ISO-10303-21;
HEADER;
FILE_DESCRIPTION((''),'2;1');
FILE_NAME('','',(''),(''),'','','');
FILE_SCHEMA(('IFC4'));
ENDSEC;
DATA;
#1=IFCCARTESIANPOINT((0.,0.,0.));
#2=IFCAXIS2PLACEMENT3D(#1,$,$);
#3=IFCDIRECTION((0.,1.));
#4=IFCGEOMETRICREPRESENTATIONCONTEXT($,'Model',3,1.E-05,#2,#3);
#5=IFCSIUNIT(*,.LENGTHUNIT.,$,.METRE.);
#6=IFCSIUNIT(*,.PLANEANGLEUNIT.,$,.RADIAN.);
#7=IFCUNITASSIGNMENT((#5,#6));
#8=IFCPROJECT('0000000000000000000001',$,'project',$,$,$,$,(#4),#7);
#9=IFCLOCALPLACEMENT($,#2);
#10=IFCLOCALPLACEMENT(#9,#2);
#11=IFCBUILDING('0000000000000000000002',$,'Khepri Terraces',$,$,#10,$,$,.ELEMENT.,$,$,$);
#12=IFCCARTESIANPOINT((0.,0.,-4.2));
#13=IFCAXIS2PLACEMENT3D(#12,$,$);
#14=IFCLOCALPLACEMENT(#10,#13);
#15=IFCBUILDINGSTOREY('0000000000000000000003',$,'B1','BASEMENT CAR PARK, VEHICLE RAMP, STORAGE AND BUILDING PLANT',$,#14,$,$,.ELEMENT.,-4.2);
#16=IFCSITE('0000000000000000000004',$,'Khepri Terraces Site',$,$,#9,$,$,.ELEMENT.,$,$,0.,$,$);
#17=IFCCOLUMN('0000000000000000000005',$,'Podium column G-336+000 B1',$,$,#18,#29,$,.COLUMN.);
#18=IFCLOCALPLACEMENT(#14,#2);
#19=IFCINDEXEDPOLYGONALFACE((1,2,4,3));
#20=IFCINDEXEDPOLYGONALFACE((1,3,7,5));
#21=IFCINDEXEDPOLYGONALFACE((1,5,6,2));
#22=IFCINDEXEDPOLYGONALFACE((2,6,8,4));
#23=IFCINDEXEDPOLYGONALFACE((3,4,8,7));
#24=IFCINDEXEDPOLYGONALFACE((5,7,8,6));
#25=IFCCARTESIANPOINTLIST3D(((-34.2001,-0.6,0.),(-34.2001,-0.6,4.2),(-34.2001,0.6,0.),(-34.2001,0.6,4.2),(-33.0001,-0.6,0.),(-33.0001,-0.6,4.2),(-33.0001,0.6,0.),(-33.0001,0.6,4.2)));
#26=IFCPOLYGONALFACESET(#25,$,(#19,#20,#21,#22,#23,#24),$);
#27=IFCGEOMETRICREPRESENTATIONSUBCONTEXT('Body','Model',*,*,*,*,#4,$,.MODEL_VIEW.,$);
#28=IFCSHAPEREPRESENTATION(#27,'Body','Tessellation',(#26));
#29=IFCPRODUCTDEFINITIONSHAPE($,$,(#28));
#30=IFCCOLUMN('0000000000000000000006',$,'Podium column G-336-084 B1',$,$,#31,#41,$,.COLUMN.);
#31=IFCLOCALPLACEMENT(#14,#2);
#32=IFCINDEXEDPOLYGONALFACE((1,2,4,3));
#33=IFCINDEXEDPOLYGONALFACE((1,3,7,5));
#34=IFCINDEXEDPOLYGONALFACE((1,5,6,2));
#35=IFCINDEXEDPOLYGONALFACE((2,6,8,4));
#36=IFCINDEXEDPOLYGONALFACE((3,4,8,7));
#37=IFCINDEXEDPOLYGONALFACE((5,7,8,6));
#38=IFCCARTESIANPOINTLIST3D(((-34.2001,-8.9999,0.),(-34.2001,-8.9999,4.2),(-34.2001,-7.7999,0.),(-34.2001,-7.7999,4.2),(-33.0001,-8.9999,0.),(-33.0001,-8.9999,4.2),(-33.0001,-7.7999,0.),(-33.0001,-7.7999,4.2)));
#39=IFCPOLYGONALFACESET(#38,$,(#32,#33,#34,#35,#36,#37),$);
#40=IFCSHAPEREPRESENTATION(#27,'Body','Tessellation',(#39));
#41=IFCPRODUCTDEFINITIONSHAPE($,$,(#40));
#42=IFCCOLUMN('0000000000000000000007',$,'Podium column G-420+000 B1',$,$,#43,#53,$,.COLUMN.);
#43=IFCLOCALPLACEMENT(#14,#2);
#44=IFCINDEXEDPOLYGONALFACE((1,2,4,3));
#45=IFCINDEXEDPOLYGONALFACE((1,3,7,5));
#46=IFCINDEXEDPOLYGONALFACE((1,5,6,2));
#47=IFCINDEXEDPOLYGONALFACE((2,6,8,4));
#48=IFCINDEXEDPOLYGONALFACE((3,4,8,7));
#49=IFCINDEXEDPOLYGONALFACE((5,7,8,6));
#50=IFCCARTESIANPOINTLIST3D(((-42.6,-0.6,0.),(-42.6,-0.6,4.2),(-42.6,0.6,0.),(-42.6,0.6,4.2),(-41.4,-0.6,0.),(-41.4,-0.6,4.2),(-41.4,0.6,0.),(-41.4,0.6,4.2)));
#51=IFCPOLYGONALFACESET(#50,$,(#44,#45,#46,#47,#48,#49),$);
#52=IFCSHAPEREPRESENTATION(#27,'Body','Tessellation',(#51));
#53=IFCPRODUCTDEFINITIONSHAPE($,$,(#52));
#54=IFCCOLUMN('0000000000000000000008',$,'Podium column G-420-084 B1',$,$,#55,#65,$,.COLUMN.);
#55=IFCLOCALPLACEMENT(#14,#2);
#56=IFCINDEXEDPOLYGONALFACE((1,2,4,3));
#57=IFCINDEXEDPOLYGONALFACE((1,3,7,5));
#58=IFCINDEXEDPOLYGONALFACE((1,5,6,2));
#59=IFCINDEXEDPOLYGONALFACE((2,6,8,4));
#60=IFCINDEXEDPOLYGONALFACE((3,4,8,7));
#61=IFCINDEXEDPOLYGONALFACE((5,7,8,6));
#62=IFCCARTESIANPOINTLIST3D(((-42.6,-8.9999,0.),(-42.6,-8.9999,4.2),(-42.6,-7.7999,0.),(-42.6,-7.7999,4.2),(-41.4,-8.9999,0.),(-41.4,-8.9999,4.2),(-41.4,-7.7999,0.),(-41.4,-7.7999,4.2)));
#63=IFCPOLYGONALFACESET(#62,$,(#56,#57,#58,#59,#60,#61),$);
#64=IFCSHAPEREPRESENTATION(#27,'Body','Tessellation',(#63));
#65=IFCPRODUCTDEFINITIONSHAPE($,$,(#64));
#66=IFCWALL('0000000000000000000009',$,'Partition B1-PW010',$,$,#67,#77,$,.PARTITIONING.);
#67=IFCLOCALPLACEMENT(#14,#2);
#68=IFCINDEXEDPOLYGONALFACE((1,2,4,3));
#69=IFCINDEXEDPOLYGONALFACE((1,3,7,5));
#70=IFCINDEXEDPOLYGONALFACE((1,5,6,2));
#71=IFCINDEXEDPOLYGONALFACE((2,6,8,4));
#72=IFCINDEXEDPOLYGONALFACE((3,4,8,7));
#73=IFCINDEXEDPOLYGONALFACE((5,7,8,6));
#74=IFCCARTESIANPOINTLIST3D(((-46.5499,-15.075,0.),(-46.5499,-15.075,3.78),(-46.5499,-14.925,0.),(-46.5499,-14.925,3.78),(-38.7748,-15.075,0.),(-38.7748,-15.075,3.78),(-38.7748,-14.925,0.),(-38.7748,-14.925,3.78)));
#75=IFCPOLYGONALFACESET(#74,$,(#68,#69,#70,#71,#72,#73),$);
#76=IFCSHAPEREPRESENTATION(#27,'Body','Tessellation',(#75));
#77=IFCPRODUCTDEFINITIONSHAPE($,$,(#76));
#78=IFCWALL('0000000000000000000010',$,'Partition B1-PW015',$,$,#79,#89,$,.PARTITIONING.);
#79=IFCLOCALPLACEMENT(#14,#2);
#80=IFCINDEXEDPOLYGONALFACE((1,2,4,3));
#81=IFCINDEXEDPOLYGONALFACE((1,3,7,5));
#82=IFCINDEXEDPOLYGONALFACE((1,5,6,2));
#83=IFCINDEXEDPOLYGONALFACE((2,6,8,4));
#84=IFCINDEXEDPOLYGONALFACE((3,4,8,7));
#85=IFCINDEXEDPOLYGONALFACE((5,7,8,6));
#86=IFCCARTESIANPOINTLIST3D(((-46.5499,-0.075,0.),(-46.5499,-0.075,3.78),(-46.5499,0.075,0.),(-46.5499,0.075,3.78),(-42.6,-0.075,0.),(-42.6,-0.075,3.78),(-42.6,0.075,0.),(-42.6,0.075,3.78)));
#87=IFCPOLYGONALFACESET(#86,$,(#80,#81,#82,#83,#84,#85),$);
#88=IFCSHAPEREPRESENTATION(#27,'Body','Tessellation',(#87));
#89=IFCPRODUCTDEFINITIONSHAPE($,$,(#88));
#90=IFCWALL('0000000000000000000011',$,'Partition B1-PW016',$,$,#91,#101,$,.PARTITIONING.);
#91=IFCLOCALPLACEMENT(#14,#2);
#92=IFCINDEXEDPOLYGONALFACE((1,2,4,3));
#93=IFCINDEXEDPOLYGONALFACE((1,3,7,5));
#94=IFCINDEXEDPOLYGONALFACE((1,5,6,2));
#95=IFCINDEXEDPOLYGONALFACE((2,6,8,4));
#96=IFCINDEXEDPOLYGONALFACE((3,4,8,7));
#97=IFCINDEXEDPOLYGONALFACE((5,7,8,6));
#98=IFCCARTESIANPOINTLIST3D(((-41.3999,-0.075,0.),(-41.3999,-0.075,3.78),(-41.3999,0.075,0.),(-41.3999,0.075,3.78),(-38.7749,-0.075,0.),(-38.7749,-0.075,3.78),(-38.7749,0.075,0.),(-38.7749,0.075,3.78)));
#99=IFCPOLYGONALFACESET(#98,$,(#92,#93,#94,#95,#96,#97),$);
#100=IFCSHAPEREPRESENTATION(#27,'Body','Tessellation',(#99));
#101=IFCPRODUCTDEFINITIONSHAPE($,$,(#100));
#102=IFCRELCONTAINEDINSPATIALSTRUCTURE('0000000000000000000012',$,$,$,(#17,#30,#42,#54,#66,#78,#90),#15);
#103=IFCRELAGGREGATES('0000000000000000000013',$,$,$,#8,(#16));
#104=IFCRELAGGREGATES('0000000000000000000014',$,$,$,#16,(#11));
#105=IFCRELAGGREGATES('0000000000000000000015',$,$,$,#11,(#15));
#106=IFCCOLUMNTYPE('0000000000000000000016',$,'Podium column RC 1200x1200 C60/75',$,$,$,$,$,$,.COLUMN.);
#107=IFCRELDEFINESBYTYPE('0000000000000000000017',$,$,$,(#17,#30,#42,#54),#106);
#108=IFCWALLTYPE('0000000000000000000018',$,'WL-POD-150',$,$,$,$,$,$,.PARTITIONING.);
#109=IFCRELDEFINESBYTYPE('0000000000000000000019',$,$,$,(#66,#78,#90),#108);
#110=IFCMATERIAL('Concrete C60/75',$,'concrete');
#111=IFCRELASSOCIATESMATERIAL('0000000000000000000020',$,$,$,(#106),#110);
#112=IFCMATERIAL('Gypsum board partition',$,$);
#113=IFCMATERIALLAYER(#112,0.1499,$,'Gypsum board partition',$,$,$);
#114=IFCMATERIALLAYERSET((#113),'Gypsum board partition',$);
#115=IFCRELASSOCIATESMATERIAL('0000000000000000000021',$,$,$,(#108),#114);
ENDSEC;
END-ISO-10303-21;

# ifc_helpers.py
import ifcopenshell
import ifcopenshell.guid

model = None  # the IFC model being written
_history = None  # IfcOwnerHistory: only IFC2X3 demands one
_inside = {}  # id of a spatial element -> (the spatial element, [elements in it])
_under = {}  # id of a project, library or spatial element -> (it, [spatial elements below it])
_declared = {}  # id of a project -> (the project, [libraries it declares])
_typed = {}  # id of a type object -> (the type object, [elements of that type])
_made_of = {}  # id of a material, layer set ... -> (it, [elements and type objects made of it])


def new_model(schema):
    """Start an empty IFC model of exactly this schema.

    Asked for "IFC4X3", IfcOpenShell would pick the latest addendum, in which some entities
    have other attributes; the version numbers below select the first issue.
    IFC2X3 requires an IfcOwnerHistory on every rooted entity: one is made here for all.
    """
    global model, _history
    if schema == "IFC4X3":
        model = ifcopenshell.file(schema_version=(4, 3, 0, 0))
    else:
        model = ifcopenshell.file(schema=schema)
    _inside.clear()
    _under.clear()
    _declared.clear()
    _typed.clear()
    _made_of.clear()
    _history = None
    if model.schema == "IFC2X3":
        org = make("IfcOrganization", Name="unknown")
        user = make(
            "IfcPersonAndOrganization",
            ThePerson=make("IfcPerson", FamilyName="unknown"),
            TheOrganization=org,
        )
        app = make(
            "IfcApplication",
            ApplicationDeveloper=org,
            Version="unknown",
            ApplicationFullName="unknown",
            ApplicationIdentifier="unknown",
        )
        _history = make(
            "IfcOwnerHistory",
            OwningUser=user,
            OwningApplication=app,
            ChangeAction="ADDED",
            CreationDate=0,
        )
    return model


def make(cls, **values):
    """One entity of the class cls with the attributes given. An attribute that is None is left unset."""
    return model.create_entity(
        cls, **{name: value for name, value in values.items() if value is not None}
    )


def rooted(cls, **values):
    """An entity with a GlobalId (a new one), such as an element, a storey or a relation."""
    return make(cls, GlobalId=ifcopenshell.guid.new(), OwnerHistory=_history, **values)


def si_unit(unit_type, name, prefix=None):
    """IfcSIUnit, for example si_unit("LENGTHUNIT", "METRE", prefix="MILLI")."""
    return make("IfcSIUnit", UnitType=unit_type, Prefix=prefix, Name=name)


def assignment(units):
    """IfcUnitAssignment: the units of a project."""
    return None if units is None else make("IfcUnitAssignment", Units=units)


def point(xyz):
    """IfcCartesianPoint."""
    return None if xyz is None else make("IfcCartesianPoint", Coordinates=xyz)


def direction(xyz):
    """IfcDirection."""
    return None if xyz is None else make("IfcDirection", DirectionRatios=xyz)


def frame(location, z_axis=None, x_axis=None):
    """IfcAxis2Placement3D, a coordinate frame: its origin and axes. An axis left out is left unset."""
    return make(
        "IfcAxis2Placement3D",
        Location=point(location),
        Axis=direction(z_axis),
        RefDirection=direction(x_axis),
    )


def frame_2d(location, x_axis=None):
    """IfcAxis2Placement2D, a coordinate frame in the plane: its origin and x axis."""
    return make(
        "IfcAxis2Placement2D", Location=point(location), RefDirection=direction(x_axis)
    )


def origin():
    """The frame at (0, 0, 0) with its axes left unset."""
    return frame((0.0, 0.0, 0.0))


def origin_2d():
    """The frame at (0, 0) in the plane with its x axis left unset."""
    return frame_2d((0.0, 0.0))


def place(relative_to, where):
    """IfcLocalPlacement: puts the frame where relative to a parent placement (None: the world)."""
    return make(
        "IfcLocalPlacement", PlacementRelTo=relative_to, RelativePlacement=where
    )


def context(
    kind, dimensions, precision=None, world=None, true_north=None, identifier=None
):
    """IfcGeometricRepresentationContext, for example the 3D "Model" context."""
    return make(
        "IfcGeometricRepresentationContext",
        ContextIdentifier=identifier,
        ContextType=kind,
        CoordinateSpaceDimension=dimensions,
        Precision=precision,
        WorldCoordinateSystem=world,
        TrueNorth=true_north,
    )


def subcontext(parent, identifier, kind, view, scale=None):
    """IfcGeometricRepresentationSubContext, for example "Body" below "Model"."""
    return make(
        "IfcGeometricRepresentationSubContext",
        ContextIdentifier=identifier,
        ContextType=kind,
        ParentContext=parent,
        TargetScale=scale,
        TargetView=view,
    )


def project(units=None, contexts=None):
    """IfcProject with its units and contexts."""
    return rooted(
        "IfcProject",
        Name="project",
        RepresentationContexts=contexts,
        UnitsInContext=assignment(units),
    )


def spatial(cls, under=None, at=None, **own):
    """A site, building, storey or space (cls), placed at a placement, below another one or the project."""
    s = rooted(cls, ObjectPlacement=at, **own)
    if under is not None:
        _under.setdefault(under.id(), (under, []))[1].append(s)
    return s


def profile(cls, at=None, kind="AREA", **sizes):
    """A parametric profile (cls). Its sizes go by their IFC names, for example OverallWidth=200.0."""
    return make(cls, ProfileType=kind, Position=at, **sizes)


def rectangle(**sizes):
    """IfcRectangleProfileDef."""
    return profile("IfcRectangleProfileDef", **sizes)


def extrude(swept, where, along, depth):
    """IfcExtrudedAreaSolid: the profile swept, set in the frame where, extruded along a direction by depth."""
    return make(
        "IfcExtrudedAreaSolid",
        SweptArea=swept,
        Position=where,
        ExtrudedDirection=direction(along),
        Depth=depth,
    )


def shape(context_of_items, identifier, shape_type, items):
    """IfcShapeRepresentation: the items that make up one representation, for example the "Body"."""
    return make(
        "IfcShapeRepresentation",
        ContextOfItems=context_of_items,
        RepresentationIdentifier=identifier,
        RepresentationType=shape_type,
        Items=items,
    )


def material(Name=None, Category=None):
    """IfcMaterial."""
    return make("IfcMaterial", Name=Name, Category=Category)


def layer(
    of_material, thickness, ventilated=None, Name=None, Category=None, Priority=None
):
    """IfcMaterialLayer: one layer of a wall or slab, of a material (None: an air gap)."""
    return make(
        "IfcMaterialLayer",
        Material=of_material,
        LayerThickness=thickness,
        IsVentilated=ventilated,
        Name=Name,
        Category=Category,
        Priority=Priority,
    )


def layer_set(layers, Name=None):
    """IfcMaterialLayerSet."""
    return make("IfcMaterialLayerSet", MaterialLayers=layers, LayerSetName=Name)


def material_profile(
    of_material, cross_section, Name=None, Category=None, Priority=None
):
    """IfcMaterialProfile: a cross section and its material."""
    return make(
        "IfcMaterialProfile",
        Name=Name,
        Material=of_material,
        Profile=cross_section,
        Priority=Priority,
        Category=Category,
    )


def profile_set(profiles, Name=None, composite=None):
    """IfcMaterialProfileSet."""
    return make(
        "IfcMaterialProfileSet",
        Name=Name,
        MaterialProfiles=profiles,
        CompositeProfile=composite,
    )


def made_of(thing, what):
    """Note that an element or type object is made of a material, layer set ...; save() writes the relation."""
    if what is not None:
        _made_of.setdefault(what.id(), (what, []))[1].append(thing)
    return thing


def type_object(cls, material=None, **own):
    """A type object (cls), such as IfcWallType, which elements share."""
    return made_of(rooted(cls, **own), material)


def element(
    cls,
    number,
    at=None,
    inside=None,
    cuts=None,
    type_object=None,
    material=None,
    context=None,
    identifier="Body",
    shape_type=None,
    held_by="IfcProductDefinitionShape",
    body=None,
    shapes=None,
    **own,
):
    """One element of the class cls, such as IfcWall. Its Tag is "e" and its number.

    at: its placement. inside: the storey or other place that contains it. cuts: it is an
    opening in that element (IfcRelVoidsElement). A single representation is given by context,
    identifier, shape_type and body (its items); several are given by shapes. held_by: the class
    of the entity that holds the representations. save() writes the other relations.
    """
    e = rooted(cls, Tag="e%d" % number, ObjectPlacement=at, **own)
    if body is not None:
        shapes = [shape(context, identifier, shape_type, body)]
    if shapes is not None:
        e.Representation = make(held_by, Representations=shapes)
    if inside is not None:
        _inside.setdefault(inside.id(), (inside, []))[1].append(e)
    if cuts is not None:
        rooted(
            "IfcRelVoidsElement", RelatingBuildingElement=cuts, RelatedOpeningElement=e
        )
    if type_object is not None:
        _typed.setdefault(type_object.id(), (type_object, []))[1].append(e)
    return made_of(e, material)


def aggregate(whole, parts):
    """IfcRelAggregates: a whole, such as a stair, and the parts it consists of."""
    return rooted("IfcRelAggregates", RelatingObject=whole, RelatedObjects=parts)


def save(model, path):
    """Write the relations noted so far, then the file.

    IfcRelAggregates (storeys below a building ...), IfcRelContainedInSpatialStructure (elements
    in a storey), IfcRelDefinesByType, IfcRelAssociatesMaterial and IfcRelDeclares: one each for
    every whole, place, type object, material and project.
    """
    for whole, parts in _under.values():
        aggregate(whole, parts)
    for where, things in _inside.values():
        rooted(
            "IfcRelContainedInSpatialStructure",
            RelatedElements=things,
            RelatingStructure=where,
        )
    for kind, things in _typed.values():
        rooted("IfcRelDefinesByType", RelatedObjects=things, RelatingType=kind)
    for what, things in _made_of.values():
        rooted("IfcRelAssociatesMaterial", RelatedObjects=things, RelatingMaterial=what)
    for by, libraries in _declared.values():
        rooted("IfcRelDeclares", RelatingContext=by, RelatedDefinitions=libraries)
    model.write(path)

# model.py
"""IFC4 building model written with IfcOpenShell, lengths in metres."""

from ifc_helpers import new_model, si_unit, direction, frame, frame_2d, origin, origin_2d, place, context, subcontext, project, spatial, rectangle, extrude, material, layer, layer_set, material_profile, profile_set, type_object, element, save


model = new_model("IFC4")

# Units and contexts
model_context = context("Model", 3, precision=1e-05, world=origin(), true_north=direction((0.0, 1.0)))
body_context = subcontext(model_context, "Body", "Model", "MODEL_VIEW")
ifc_project = project(units=[si_unit("LENGTHUNIT", "METRE"), si_unit("PLANEANGLEUNIT", "RADIAN")], contexts=[model_context])

# Site, building, storey
site_placement = place(None, origin())
site = spatial("IfcSite", under=ifc_project, at=site_placement, Name="Khepri Terraces Site", CompositionType="ELEMENT", RefElevation=0.0)
building_placement = place(site_placement, origin())
building = spatial("IfcBuilding", under=site, at=building_placement, Name="Khepri Terraces", CompositionType="ELEMENT")
storey_placement = place(building_placement, frame((0.0, 0.0, -4.2)))
storey = spatial("IfcBuildingStorey", under=building, at=storey_placement, Name="B1", Description="BASEMENT CAR PARK, VEHICLE RAMP, STORAGE AND BUILDING PLANT", CompositionType="ELEMENT", Elevation=-4.2)

# Columns
ifc_material_1 = material(Name="Concrete C60/75", Category="concrete")
ifc_material_profile = material_profile(ifc_material_1, rectangle(XDim=1.2, YDim=1.2, at=origin_2d()), Name="Concrete C60/75", Category="concrete")
ifc_profile_set = profile_set([ifc_material_profile], Name="Concrete C60/75")
column_type = type_object("IfcColumnType", Name="Podium column RC 1200x1200 C60/75", PredefinedType="COLUMN", material=ifc_profile_set)
for number, where, z_axis, x_axis, name in (
    (1, (-33.6001, 0.0, 0.0), (0.0, 0.0, 1.0), (1.0, 0.0, 0.0), "Podium column G-336+000 B1"),
    (2, (-33.6001, -8.3999, 0.0), (0.0, 0.0, 1.0), (1.0, 0.0, 0.0), "Podium column G-336-084 B1"),
    (3, (-42.0, 0.0, 0.0), (0.0, 0.0, 1.0), (1.0, 0.0, 0.0), "Podium column G-420+000 B1"),
    (4, (-42.0, -8.3999, 0.0), (0.0, 0.0, 1.0), (1.0, 0.0, 0.0), "Podium column G-420-084 B1"),
):
    element("IfcColumn", number, at=place(storey_placement, frame(where, z_axis=z_axis, x_axis=x_axis)), inside=storey, type_object=column_type, Name=name, PredefinedType="COLUMN", context=body_context, shape_type="SweptSolid", body=[
        extrude(rectangle(XDim=1.2, YDim=1.2, at=origin_2d()), origin(), (0.0, 0.0, 1.0), 4.2),
    ])

# Walls
ifc_material_2 = material(Name="Gypsum board partition")
ifc_layer_1 = layer(ifc_material_2, 0.1499, Name="Gypsum board partition")
ifc_layer_set_1 = layer_set([ifc_layer_1], Name="Gypsum board partition")
wall_type_1 = type_object("IfcWallType", Name="WL-POD-150", PredefinedType="PARTITIONING", material=ifc_layer_set_1)
wall_1_placement = place(storey_placement, frame((-46.55, -15.0, 0.0), z_axis=(0.0, 0.0, 1.0), x_axis=(1.0, 0.0, 0.0)))
element("IfcWall", 5, at=wall_1_placement, inside=storey, type_object=wall_type_1, Name="Partition B1-PW010", PredefinedType="PARTITIONING", context=body_context, shape_type="SweptSolid", body=[
    extrude(rectangle(XDim=7.7751, YDim=0.1499, at=frame_2d((3.8877, 0.0))), origin(), (0.0, 0.0, 1.0), 3.78),
])
wall_2_placement = place(storey_placement, frame((-46.55, 0.0, 0.0), z_axis=(0.0, 0.0, 1.0), x_axis=(1.0, 0.0, 0.0)))
element("IfcWall", 6, at=wall_2_placement, inside=storey, type_object=wall_type_1, Name="Partition B1-PW015", PredefinedType="PARTITIONING", context=body_context, shape_type="SweptSolid", body=[
    extrude(rectangle(XDim=3.95, YDim=0.1499, at=frame_2d((1.9751, 0.0))), origin(), (0.0, 0.0, 1.0), 3.78),
])
wall_3_placement = place(storey_placement, frame((-41.3999, 0.0, 0.0), z_axis=(0.0, 0.0, 1.0), x_axis=(1.0, 0.0, 0.0)))
element("IfcWall", 7, at=wall_3_placement, inside=storey, type_object=wall_type_1, Name="Partition B1-PW016", PredefinedType="PARTITIONING", context=body_context, shape_type="SweptSolid", body=[
    extrude(rectangle(XDim=2.625, YDim=0.1499, at=frame_2d((1.3125, 0.0))), origin(), (0.0, 0.0, 1.0), 3.78),
])

save(model, "model.ifc")
